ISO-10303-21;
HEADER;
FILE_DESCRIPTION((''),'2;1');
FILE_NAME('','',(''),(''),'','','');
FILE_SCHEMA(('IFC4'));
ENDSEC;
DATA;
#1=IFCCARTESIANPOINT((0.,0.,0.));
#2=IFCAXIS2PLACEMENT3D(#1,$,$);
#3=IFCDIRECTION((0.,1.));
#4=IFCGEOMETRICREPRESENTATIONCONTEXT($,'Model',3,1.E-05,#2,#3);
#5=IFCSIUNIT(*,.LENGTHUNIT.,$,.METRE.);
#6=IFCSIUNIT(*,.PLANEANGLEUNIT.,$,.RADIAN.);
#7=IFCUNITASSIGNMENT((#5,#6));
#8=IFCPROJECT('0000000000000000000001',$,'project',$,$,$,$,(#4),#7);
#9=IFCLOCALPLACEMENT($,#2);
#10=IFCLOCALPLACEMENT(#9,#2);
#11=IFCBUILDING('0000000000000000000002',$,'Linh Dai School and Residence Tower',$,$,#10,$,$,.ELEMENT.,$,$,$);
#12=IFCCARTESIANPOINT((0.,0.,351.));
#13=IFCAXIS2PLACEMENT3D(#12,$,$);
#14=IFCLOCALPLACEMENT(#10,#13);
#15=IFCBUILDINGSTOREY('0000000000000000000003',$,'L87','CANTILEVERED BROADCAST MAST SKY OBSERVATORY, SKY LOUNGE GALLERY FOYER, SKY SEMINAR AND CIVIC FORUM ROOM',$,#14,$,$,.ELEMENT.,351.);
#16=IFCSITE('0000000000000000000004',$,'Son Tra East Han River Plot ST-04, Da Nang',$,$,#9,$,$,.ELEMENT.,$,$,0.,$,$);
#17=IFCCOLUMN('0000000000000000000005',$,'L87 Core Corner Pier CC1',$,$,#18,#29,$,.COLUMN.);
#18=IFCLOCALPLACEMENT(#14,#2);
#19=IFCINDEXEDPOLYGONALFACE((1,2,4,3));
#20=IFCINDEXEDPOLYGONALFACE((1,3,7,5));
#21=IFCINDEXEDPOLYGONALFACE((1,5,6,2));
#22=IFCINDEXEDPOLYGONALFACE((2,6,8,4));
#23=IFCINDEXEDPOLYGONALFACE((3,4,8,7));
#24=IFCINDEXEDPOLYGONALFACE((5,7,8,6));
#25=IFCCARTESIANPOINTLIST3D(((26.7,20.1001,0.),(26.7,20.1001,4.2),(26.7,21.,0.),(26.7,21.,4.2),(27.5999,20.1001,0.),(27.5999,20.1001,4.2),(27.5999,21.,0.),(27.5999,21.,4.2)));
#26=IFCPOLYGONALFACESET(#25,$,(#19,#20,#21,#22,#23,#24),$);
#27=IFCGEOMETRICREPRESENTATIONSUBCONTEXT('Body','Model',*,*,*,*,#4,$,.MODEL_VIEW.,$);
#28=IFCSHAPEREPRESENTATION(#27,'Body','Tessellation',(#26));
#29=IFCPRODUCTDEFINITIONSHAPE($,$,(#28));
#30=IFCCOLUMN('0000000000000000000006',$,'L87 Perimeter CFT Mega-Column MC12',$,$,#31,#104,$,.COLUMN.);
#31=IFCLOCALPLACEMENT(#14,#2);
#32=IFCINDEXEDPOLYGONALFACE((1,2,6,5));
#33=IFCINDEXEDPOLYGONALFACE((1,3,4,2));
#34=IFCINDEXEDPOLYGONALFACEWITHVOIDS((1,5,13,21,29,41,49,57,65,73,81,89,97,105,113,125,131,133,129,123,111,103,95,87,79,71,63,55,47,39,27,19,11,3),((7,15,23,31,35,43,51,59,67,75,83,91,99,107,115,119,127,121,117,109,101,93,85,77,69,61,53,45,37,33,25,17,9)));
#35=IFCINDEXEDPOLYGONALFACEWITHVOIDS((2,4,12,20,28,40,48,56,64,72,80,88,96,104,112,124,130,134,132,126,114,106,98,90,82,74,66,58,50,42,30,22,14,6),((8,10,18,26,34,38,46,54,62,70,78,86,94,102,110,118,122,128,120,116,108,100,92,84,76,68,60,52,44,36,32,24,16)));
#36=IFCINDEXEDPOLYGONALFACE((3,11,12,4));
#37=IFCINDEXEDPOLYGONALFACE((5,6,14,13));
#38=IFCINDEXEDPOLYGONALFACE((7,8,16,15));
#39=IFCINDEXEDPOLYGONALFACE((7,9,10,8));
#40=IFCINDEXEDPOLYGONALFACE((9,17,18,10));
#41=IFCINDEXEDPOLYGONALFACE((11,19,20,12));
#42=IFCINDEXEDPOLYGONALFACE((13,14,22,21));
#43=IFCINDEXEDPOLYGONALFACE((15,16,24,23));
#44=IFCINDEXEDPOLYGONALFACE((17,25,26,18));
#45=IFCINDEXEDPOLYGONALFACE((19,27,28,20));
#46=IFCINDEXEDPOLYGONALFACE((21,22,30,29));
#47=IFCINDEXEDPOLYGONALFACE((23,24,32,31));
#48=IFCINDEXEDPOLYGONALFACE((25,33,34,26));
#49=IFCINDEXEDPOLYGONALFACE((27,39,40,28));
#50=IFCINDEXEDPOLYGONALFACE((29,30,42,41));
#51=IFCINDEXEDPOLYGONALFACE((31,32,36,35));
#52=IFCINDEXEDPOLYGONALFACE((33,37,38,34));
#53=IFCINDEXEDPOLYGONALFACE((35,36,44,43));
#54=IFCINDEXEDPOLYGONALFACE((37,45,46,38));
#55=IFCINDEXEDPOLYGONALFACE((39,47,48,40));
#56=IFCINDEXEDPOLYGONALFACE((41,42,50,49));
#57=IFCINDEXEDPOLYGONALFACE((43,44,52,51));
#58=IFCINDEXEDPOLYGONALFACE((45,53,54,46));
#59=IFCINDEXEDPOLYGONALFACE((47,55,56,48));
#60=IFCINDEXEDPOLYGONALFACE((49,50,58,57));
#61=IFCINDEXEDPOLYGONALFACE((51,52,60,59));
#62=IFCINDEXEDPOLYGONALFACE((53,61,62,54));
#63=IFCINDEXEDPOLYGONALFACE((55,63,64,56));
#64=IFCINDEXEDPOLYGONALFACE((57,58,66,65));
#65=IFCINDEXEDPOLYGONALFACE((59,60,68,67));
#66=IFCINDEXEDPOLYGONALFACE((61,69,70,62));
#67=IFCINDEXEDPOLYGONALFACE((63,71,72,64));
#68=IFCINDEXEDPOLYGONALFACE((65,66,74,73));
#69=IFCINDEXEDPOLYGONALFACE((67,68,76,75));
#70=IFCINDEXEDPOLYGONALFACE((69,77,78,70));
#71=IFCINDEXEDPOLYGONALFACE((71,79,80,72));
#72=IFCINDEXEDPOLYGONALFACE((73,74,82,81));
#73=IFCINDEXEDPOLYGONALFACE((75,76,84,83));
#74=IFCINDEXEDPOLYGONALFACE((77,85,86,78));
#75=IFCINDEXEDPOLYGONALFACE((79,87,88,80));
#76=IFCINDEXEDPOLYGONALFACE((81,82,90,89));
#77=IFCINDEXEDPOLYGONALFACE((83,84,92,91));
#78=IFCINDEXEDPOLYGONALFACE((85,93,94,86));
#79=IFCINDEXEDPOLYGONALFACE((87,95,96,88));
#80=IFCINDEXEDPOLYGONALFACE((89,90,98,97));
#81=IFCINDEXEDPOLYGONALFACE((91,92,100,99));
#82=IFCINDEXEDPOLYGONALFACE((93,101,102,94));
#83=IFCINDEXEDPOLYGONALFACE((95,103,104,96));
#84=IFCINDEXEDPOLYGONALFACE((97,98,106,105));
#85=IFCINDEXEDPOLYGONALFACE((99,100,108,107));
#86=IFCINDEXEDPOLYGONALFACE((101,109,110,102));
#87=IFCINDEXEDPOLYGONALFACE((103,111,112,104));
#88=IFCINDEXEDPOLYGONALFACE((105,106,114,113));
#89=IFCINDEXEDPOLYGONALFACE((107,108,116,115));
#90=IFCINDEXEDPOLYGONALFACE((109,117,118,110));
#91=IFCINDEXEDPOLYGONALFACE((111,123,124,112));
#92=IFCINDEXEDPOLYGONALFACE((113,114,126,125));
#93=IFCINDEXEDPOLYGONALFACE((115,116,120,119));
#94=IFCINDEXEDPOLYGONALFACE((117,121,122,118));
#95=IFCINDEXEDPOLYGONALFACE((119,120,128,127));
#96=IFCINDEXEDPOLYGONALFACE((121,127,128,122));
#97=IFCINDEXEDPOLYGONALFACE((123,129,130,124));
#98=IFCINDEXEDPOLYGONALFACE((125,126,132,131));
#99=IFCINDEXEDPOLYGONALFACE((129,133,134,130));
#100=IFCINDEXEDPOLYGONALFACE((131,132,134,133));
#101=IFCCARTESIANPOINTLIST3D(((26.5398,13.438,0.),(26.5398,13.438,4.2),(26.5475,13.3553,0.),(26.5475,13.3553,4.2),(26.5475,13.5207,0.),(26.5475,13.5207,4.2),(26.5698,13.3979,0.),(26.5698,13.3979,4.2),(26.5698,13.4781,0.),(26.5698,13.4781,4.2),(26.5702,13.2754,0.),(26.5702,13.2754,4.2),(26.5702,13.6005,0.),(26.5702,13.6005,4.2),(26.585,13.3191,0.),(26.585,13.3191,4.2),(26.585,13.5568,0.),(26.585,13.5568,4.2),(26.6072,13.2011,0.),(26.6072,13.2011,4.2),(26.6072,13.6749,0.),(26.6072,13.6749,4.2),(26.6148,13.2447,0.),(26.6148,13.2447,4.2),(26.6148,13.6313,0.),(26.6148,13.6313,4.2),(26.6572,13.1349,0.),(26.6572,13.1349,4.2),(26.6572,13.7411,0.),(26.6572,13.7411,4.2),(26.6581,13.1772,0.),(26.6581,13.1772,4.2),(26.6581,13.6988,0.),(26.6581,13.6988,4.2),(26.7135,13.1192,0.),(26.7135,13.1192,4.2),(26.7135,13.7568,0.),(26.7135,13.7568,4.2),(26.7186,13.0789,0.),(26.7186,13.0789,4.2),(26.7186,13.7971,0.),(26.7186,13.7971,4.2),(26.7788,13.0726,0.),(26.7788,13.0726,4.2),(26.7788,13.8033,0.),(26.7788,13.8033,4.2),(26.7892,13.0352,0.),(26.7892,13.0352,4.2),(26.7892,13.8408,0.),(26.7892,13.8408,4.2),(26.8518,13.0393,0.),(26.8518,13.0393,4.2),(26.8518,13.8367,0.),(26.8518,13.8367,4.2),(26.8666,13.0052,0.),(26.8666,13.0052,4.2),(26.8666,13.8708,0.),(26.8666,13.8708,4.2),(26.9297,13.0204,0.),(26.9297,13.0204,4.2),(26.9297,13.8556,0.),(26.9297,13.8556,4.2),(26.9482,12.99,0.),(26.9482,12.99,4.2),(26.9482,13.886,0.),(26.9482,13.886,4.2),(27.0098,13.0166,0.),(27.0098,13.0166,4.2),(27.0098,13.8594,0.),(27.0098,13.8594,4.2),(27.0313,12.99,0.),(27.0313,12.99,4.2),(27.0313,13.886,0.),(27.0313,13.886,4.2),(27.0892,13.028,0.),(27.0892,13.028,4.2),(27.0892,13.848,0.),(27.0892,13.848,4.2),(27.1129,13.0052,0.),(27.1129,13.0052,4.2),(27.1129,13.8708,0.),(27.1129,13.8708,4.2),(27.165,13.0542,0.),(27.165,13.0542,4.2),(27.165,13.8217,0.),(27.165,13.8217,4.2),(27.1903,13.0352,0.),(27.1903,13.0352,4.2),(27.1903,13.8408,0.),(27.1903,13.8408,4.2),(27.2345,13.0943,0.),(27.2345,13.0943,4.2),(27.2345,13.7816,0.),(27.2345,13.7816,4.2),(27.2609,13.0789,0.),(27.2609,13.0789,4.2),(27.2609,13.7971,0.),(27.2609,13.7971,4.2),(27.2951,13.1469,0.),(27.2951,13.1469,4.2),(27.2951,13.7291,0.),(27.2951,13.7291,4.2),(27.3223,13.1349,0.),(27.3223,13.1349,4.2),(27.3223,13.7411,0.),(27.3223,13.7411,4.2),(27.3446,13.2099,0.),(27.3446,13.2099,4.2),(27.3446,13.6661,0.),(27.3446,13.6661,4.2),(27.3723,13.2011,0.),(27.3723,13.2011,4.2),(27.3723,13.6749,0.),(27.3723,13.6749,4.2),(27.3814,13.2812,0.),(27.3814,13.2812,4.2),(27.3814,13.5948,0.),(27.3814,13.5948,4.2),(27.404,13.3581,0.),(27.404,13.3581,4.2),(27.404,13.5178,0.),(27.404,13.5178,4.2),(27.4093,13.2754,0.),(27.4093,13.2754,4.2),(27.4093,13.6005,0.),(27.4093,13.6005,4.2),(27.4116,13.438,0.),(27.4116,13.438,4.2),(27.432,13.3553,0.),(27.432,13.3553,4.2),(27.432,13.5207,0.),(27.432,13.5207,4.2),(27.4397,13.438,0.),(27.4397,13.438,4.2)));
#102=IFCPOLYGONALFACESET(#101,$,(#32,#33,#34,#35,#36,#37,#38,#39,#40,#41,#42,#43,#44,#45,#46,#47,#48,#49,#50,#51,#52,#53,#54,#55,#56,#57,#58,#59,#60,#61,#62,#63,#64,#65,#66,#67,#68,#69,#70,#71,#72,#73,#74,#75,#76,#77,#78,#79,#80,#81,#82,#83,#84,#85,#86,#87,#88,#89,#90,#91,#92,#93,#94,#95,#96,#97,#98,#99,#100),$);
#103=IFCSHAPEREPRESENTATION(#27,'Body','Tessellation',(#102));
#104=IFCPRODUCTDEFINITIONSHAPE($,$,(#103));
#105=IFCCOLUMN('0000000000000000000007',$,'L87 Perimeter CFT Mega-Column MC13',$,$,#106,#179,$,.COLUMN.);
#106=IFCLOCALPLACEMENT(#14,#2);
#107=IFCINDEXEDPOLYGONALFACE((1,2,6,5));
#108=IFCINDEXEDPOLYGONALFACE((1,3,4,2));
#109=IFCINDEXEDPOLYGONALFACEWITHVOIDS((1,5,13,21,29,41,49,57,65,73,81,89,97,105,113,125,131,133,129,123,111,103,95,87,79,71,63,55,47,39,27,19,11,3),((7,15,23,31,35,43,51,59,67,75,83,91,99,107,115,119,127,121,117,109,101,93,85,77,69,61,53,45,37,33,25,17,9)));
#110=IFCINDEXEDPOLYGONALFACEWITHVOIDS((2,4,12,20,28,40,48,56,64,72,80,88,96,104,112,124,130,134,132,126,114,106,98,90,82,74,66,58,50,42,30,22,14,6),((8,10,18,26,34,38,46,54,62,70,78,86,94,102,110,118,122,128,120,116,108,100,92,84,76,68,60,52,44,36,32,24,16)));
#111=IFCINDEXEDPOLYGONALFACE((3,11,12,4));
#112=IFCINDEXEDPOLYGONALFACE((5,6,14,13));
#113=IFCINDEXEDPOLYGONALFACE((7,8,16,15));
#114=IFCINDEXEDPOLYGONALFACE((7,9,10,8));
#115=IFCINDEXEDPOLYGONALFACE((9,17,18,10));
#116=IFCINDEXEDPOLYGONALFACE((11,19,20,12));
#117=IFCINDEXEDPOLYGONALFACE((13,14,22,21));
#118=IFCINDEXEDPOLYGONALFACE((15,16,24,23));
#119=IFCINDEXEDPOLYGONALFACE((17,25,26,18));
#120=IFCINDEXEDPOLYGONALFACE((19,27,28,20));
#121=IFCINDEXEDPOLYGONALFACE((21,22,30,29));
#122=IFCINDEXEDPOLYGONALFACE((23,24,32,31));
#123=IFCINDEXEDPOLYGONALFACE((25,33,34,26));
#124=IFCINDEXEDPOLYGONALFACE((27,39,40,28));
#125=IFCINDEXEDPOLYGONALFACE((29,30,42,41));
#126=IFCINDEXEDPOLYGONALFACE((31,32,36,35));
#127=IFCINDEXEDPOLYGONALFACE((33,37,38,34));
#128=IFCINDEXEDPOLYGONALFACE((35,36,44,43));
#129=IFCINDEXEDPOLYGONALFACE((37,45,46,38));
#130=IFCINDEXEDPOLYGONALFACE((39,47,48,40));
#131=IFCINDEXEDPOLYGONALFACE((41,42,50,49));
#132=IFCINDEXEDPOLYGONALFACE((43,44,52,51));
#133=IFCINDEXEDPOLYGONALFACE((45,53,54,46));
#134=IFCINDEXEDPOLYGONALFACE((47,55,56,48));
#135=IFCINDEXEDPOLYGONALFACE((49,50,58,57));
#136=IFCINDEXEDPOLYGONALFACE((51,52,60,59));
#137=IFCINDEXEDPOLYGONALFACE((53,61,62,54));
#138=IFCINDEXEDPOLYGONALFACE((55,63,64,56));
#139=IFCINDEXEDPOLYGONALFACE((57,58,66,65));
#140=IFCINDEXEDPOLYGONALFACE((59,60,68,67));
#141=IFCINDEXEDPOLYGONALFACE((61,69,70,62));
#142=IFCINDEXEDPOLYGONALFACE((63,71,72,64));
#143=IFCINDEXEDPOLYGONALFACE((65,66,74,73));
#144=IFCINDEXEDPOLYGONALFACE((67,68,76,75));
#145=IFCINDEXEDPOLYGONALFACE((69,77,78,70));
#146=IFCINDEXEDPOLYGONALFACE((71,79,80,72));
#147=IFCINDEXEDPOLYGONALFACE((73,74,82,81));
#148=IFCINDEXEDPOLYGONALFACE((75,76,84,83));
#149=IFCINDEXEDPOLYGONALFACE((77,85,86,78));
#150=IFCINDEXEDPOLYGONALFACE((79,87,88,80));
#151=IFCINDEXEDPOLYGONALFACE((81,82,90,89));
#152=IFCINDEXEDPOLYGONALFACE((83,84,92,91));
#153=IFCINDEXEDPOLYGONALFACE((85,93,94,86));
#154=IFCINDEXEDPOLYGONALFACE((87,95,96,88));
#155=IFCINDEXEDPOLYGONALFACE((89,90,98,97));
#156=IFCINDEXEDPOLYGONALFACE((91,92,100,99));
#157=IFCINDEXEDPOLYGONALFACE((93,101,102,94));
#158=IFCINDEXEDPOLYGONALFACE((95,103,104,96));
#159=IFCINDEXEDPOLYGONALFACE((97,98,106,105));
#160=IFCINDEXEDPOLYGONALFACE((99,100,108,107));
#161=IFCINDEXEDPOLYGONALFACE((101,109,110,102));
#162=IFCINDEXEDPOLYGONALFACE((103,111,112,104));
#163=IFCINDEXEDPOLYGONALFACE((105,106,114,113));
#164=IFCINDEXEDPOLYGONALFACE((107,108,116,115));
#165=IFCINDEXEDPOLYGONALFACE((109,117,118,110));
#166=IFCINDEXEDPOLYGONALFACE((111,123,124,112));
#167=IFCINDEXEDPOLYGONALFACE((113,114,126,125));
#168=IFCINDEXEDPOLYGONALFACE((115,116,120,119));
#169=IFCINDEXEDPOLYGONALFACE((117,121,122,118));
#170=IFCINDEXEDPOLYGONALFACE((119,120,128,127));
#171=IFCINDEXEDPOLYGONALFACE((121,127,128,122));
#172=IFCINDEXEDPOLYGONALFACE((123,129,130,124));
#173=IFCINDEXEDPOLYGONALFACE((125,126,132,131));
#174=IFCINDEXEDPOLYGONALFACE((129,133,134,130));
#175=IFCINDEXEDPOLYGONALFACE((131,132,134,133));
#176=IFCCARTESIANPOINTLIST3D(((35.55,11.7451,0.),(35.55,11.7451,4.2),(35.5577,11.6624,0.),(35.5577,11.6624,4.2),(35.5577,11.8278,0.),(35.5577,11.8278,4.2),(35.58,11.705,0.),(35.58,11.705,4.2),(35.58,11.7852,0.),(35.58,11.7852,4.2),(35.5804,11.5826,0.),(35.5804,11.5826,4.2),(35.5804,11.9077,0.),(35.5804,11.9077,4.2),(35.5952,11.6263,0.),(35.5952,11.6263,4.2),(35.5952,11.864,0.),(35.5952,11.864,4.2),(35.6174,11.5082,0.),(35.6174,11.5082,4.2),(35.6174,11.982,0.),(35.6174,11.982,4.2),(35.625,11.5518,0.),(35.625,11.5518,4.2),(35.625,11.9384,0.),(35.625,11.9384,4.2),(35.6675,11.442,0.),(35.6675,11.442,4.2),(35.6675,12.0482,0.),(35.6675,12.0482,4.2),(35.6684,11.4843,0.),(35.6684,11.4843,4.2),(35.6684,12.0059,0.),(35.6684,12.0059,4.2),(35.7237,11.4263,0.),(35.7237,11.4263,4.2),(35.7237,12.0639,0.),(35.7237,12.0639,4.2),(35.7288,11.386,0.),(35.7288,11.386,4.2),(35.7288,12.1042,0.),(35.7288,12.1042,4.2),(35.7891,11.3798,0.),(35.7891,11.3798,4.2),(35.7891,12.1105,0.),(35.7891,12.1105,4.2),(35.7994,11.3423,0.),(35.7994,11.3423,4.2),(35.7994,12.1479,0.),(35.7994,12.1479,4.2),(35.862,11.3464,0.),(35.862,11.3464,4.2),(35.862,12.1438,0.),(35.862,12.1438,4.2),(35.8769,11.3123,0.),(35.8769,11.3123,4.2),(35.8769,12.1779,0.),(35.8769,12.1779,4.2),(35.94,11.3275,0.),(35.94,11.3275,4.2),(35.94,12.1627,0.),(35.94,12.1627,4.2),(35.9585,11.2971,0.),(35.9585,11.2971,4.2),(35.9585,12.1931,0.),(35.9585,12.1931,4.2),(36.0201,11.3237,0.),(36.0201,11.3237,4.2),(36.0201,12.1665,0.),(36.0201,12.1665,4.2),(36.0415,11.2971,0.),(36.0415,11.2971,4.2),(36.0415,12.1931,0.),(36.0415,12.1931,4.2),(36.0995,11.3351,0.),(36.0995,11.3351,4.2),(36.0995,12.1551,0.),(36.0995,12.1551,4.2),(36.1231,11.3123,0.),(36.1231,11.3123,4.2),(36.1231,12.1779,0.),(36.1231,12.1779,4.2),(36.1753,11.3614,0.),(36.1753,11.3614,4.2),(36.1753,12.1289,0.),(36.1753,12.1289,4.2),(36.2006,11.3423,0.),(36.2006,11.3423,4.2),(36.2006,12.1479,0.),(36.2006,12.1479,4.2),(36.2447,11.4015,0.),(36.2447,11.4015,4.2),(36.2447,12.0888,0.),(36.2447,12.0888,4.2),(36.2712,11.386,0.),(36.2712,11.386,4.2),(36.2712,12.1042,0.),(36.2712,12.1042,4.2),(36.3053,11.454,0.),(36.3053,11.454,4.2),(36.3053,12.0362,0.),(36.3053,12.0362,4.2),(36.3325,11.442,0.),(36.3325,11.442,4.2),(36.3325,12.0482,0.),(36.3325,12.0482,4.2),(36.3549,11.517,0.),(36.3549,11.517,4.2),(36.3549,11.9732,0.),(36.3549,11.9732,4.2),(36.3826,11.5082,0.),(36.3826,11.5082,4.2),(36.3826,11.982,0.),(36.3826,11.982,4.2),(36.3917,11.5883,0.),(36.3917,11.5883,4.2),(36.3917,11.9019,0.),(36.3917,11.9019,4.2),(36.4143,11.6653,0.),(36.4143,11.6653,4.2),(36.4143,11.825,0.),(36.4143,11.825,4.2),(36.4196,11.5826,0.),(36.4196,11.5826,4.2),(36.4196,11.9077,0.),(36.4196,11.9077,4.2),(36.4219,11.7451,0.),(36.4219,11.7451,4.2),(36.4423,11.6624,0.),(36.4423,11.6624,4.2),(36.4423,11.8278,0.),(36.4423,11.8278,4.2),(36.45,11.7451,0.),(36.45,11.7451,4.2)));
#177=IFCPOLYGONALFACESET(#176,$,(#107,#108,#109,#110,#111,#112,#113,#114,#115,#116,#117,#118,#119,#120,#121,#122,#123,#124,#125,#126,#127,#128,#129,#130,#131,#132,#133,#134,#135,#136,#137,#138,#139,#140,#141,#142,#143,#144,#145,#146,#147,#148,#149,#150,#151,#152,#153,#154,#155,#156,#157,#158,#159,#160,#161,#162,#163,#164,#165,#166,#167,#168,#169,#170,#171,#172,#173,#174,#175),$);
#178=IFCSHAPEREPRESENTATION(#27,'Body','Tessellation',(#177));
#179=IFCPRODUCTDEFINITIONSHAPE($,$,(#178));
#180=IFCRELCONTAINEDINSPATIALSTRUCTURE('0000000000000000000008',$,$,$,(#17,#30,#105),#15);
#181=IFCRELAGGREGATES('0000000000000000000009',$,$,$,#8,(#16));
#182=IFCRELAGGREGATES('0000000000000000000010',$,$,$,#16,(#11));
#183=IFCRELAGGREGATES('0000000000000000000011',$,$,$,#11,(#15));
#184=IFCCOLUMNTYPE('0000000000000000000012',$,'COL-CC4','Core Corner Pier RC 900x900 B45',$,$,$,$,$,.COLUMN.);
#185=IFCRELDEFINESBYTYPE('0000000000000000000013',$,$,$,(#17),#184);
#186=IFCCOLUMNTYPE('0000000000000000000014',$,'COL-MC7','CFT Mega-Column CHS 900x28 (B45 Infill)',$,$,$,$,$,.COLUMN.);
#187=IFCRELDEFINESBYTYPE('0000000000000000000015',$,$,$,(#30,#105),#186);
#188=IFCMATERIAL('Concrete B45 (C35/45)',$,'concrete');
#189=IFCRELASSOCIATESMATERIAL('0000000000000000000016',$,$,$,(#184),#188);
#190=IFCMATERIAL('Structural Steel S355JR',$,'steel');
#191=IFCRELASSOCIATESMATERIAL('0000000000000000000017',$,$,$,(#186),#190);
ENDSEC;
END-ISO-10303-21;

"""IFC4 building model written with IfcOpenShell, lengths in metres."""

from ifc_helpers import new_model, si_unit, direction, frame, origin, origin_2d, place, context, subcontext, project, spatial, rectangle, hollow_circle, extrude, material, material_profile, profile_set, type_object, element, save


model = new_model("IFC4")

# Units and contexts
model_context = context("Model", 3, precision=1e-05, world=origin(), true_north=direction((0.0, 1.0)))
body_context = subcontext(model_context, "Body", "Model", "MODEL_VIEW")
ifc_project = project(units=[si_unit("LENGTHUNIT", "METRE"), si_unit("PLANEANGLEUNIT", "RADIAN")], contexts=[model_context])

# Site, building, storey
site_placement = place(None, origin())
site = spatial("IfcSite", under=ifc_project, at=site_placement, Name="Son Tra East Han River Plot ST-04, Da Nang", CompositionType="ELEMENT", RefElevation=0.0)
building_placement = place(site_placement, origin())
building = spatial("IfcBuilding", under=site, at=building_placement, Name="Linh Dai School and Residence Tower", CompositionType="ELEMENT")
storey_placement = place(building_placement, frame((0.0, 0.0, 351.0)))
storey = spatial("IfcBuildingStorey", under=building, at=storey_placement, Name="L87", Description="CANTILEVERED BROADCAST MAST SKY OBSERVATORY, SKY LOUNGE GALLERY FOYER, SKY SEMINAR AND CIVIC FORUM ROOM", CompositionType="ELEMENT", Elevation=351.0)

# Columns
ifc_material_1 = material(Name="Concrete B45 (C35/45)", Category="concrete")
ifc_material_profile_1 = material_profile(ifc_material_1, rectangle(XDim=0.8999, YDim=0.8999, at=origin_2d()), Name="RC 900x900")
ifc_profile_set_1 = profile_set([ifc_material_profile_1], Name="Concrete B45 (C35/45)")
column_type_1 = type_object("IfcColumnType", Name="COL-CC4", Description="Core Corner Pier RC 900x900 B45", PredefinedType="COLUMN", material=ifc_profile_set_1)
column_placement = place(storey_placement, frame((27.1499, 20.55, 0.0), z_axis=(0.0, 0.0, 1.0), x_axis=(1.0, 0.0, 0.0)))
element("IfcColumn", 1, at=column_placement, inside=storey, type_object=column_type_1, Name="L87 Core Corner Pier CC1", PredefinedType="COLUMN", context=body_context, shape_type="SweptSolid", body=[
    extrude(rectangle(XDim=0.8999, YDim=0.8999, at=origin_2d()), origin(), (0.0, 0.0, 1.0), 4.2),
])
ifc_material_2 = material(Name="Structural Steel S355JR", Category="steel")
ifc_material_profile_2 = material_profile(ifc_material_2, hollow_circle(Radius=0.45, WallThickness=0.0281, at=origin_2d()), Name="CHS 900x28")
ifc_profile_set_2 = profile_set([ifc_material_profile_2], Name="Structural Steel S355JR")
column_type_2 = type_object("IfcColumnType", Name="COL-MC7", Description="CFT Mega-Column CHS 900x28 (B45 Infill)", PredefinedType="COLUMN", material=ifc_profile_set_2)
for number, where, z_axis, x_axis, name in (
    (2, (26.9897, 13.438, 0.0), (0.0, 0.0, 1.0), (1.0, 0.0, 0.0), "L87 Perimeter CFT Mega-Column MC12"),
    (3, (36.0, 11.7451, 0.0), (0.0, 0.0, 1.0), (1.0, 0.0, 0.0), "L87 Perimeter CFT Mega-Column MC13"),
):
    element("IfcColumn", number, at=place(storey_placement, frame(where, z_axis=z_axis, x_axis=x_axis)), inside=storey, type_object=column_type_2, Name=name, PredefinedType="COLUMN", context=body_context, shape_type="SweptSolid", body=[
        extrude(hollow_circle(Radius=0.45, WallThickness=0.0281, at=origin_2d()), origin(), (0.0, 0.0, 1.0), 4.2),
    ])

save(model, "model.ifc")
